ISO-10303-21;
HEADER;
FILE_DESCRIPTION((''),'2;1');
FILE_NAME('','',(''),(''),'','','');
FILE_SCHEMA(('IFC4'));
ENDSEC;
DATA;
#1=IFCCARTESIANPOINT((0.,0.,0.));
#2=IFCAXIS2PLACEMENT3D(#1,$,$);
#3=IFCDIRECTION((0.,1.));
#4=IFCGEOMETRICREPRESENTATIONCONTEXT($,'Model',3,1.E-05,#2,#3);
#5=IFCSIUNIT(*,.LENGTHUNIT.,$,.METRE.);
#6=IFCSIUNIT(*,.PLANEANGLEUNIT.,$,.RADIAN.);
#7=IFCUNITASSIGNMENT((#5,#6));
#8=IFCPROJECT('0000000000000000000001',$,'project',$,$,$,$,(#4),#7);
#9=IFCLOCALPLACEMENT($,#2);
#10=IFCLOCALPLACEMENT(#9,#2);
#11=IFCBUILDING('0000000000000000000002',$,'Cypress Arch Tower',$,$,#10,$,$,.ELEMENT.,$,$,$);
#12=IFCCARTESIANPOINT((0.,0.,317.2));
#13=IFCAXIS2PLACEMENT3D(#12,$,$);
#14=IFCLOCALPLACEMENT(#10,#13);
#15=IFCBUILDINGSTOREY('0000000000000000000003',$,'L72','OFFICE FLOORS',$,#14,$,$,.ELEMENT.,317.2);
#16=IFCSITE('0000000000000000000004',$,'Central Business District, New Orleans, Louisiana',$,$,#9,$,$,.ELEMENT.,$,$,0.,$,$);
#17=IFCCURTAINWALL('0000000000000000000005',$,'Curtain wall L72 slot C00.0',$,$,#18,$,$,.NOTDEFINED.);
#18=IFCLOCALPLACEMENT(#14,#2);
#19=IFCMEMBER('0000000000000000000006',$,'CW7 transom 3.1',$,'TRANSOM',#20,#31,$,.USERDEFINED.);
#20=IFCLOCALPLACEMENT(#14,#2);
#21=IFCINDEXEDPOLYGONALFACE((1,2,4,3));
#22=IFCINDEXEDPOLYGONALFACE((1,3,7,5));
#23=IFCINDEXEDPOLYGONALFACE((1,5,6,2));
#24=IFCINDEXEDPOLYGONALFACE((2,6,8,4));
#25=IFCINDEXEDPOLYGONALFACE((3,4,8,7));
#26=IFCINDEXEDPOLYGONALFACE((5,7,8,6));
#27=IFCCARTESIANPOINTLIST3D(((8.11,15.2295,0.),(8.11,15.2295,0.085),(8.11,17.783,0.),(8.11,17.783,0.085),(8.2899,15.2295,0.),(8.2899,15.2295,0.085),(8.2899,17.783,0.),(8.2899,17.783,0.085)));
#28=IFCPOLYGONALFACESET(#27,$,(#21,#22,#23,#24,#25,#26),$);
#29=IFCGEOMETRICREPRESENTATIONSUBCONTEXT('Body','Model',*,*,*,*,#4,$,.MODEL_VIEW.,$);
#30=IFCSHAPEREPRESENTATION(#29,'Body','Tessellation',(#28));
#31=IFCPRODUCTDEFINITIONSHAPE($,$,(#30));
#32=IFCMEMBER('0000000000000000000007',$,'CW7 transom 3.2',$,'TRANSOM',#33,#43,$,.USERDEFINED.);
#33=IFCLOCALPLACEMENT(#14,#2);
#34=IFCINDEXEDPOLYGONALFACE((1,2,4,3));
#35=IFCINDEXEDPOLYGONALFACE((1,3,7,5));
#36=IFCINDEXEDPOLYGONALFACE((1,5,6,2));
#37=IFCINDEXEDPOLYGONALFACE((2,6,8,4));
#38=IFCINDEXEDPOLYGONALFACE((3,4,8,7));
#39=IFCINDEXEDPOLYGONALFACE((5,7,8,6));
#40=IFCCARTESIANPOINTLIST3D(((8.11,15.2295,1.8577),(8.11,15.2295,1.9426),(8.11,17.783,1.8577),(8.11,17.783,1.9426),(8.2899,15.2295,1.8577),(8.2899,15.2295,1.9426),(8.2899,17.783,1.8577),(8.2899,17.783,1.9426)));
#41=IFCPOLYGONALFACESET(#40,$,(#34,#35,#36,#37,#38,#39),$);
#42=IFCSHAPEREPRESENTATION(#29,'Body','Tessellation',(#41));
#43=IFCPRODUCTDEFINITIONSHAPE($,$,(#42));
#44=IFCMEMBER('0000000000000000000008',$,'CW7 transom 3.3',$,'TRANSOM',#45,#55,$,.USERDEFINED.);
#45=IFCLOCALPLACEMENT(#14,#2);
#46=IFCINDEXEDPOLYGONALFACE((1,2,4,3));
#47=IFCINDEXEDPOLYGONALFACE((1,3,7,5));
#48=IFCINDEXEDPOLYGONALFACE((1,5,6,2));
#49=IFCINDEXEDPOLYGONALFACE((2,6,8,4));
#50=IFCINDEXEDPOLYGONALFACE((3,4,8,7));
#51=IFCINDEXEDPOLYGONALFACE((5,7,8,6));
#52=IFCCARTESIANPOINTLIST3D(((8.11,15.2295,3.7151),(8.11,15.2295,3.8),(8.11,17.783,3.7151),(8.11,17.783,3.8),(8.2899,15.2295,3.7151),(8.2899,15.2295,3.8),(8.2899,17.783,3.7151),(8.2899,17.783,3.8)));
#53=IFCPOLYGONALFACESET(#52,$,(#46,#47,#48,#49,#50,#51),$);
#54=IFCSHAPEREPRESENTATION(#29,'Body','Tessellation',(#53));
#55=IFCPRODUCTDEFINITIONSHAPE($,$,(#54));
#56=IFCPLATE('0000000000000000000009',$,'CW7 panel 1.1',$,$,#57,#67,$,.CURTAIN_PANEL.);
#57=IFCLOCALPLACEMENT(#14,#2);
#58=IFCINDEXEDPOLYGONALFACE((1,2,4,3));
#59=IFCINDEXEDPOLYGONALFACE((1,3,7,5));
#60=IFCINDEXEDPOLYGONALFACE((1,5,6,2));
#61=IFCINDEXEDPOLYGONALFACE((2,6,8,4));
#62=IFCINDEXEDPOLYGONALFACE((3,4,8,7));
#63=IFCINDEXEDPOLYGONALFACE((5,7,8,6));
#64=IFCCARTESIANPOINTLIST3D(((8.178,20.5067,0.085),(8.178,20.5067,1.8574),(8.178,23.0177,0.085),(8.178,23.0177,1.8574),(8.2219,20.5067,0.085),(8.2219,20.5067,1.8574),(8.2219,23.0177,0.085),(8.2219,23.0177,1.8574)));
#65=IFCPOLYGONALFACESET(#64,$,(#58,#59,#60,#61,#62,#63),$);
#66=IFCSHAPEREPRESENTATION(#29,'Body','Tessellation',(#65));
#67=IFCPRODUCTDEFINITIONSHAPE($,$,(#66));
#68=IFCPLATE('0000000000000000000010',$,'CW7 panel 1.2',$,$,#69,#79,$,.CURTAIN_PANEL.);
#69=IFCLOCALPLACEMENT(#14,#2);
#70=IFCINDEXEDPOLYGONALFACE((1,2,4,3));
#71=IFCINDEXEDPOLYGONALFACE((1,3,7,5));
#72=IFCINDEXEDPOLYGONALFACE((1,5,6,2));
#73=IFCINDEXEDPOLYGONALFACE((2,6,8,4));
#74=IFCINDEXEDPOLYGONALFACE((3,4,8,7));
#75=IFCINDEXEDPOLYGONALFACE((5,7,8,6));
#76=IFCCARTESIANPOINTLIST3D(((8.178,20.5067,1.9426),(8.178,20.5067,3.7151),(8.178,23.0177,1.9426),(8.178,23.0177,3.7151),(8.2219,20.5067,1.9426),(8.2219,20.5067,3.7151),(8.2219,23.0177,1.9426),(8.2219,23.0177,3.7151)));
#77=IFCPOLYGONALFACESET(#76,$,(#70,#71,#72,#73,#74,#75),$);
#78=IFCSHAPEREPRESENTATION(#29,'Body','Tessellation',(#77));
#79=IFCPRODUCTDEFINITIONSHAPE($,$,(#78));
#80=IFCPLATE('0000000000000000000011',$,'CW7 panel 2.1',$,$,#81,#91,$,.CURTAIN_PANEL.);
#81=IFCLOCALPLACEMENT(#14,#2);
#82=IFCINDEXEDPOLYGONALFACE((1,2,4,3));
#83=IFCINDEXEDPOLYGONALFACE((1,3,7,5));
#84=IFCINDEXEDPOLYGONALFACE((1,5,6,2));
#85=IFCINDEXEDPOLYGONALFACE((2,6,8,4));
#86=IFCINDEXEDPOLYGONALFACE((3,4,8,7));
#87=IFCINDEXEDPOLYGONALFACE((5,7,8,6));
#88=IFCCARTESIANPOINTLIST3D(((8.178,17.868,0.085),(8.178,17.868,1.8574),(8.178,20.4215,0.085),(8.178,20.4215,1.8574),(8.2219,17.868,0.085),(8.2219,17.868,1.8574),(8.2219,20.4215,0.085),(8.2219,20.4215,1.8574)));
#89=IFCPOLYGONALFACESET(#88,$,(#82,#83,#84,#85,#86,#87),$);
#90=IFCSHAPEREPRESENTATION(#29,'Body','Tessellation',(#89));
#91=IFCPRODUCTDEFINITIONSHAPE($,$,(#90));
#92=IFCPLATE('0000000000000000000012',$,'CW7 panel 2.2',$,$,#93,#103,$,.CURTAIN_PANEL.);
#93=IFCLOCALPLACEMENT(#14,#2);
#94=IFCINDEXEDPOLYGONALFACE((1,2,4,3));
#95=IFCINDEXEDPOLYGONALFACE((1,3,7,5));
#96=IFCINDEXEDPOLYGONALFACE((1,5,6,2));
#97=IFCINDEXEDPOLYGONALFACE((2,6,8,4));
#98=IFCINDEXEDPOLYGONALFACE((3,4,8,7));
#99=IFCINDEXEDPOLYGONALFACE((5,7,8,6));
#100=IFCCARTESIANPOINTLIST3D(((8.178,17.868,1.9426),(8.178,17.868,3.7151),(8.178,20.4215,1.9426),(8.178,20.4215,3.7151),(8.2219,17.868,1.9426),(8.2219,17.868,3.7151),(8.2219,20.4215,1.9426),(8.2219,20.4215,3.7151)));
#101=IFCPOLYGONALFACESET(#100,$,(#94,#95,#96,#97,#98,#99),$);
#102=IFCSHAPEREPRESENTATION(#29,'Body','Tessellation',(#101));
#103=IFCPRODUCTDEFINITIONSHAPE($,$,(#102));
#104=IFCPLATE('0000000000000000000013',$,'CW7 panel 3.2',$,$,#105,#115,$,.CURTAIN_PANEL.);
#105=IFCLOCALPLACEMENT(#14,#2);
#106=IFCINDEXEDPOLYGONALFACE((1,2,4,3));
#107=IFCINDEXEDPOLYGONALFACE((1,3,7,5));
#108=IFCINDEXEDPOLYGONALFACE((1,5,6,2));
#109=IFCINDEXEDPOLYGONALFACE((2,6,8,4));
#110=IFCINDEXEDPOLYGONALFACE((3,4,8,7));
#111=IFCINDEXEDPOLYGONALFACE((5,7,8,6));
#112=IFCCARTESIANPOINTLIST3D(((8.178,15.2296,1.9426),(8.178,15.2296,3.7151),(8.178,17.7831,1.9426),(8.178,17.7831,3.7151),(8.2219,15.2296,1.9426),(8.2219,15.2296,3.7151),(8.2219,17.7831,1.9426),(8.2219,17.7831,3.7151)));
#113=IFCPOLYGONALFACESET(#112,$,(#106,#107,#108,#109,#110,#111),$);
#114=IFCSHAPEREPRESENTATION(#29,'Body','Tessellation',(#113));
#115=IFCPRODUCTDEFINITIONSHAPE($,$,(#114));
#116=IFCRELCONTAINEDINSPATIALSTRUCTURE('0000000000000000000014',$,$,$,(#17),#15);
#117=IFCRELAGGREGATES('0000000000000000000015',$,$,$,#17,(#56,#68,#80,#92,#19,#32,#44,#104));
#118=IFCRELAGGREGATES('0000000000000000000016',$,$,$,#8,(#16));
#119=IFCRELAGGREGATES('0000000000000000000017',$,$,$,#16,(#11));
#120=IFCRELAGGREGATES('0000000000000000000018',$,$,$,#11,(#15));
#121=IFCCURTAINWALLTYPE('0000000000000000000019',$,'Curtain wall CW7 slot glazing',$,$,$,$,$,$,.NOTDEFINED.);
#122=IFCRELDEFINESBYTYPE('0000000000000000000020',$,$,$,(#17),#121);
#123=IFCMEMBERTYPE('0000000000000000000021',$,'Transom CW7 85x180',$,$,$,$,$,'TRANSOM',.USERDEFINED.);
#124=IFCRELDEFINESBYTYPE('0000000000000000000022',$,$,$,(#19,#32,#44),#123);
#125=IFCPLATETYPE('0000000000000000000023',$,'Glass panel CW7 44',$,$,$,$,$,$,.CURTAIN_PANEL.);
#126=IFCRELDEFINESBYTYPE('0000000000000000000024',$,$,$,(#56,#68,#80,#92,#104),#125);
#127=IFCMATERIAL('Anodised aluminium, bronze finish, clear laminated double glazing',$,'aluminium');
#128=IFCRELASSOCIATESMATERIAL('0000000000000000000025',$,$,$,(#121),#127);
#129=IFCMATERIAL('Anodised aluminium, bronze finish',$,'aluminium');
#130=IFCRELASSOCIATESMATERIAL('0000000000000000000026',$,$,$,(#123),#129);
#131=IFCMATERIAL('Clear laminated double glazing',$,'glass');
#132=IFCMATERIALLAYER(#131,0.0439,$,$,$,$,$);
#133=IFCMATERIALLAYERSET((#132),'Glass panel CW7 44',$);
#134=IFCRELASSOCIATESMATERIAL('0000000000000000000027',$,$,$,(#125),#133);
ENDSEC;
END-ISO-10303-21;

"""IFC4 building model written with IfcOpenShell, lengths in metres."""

from ifc_helpers import new_model, si_unit, direction, frame, origin, origin_2d, place, context, subcontext, project, spatial, rectangle, extrude, material, layer, layer_set, material_profile, profile_set, type_object, element, aggregate, save


model = new_model("IFC4")

# Units and contexts
model_context = context("Model", 3, precision=1e-05, world=origin(), true_north=direction((0.0, 1.0)))
body_context = subcontext(model_context, "Body", "Model", "MODEL_VIEW")
ifc_project = project(units=[si_unit("LENGTHUNIT", "METRE"), si_unit("PLANEANGLEUNIT", "RADIAN")], contexts=[model_context])

# Site, building, storey
site_placement = place(None, origin())
site = spatial("IfcSite", under=ifc_project, at=site_placement, Name="Central Business District, New Orleans, Louisiana", CompositionType="ELEMENT", RefElevation=0.0)
building_placement = place(site_placement, origin())
building = spatial("IfcBuilding", under=site, at=building_placement, Name="Cypress Arch Tower", CompositionType="ELEMENT")
storey_placement = place(building_placement, frame((0.0, 0.0, 317.2)))
storey = spatial("IfcBuildingStorey", under=building, at=storey_placement, Name="L72", Description="OFFICE FLOORS", CompositionType="ELEMENT", Elevation=317.2)

# Curtain wall, members, plates
ifc_material_1 = material(Name="Anodised aluminium, bronze finish, clear laminated double glazing", Category="aluminium")
curtain_wall_type = type_object("IfcCurtainWallType", Name="Curtain wall CW7 slot glazing", PredefinedType="NOTDEFINED", material=ifc_material_1)
curtain_wall_placement = place(storey_placement, origin())
curtain_wall = element("IfcCurtainWall", 1, at=curtain_wall_placement, inside=storey, type_object=curtain_wall_type, Name="Curtain wall L72 slot C00.0", PredefinedType="NOTDEFINED")
ifc_material_2 = material(Name="Anodised aluminium, bronze finish", Category="aluminium")
ifc_material_profile_1 = material_profile(ifc_material_2, rectangle(XDim=0.1799, YDim=0.085, at=origin_2d()), Name="Transom 85x180")
ifc_profile_set_1 = profile_set([ifc_material_profile_1], Name="Anodised aluminium, bronze finish")
member_type_1 = type_object("IfcMemberType", Name="Transom CW7 85x180", ElementType="TRANSOM", PredefinedType="USERDEFINED", material=ifc_profile_set_1)
member_1_placement = place(storey_placement, frame((8.2, 17.783, 0.0425), z_axis=(0.0, -1.0, 0.0), x_axis=(1.0, 0.0, 0.0)))
member_1 = element("IfcMember", 2, at=member_1_placement, type_object=member_type_1, Name="CW7 transom 3.1", ObjectType="TRANSOM", PredefinedType="USERDEFINED", context=body_context, shape_type="SweptSolid", body=[
    extrude(rectangle(XDim=0.1799, YDim=0.085, at=origin_2d()), origin(), (0.0, 0.0, 1.0), 2.5535),
])
member_2_placement = place(storey_placement, frame((8.2, 17.783, 1.9001), z_axis=(0.0, -1.0, 0.0), x_axis=(1.0, 0.0, 0.0)))
member_2 = element("IfcMember", 3, at=member_2_placement, type_object=member_type_1, Name="CW7 transom 3.2", ObjectType="TRANSOM", PredefinedType="USERDEFINED", context=body_context, shape_type="SweptSolid", body=[
    extrude(rectangle(XDim=0.1799, YDim=0.085, at=origin_2d()), origin(), (0.0, 0.0, 1.0), 2.5535),
])
member_3_placement = place(storey_placement, frame((8.2, 17.783, 3.7576), z_axis=(0.0, -1.0, 0.0), x_axis=(1.0, 0.0, 0.0)))
member_3 = element("IfcMember", 4, at=member_3_placement, type_object=member_type_1, Name="CW7 transom 3.3", ObjectType="TRANSOM", PredefinedType="USERDEFINED", context=body_context, shape_type="SweptSolid", body=[
    extrude(rectangle(XDim=0.1799, YDim=0.085, at=origin_2d()), origin(), (0.0, 0.0, 1.0), 2.5535),
])
ifc_material_3 = material(Name="Clear laminated double glazing", Category="glass")
ifc_layer = layer(ifc_material_3, 0.0439)
ifc_layer_set = layer_set([ifc_layer], Name="Glass panel CW7 44")
plate_type = type_object("IfcPlateType", Name="Glass panel CW7 44", PredefinedType="CURTAIN_PANEL", material=ifc_layer_set)
plate_1_placement = place(storey_placement, frame((8.2, 21.7622, 0.085), z_axis=(0.0, 0.0, 1.0), x_axis=(0.0, -1.0, 0.0)))
plate_1 = element("IfcPlate", 5, at=plate_1_placement, type_object=plate_type, Name="CW7 panel 1.1", PredefinedType="CURTAIN_PANEL", context=body_context, shape_type="SweptSolid", body=[
    extrude(rectangle(XDim=2.511, YDim=0.0439, at=origin_2d()), origin(), (0.0, 0.0, 1.0), 1.7725),
])
plate_2_placement = place(storey_placement, frame((8.2, 21.7622, 1.9426), z_axis=(0.0, 0.0, 1.0), x_axis=(0.0, -1.0, 0.0)))
plate_2 = element("IfcPlate", 6, at=plate_2_placement, type_object=plate_type, Name="CW7 panel 1.2", PredefinedType="CURTAIN_PANEL", context=body_context, shape_type="SweptSolid", body=[
    extrude(rectangle(XDim=2.511, YDim=0.0439, at=origin_2d()), origin(), (0.0, 0.0, 1.0), 1.7725),
])
plate_3_placement = place(storey_placement, frame((8.2, 19.1448, 0.085), z_axis=(0.0, 0.0, 1.0), x_axis=(0.0, -1.0, 0.0)))
plate_3 = element("IfcPlate", 7, at=plate_3_placement, type_object=plate_type, Name="CW7 panel 2.1", PredefinedType="CURTAIN_PANEL", context=body_context, shape_type="SweptSolid", body=[
    extrude(rectangle(XDim=2.5535, YDim=0.0439, at=origin_2d()), origin(), (0.0, 0.0, 1.0), 1.7725),
])
plate_4_placement = place(storey_placement, frame((8.2, 19.1448, 1.9426), z_axis=(0.0, 0.0, 1.0), x_axis=(0.0, -1.0, 0.0)))
plate_4 = element("IfcPlate", 8, at=plate_4_placement, type_object=plate_type, Name="CW7 panel 2.2", PredefinedType="CURTAIN_PANEL", context=body_context, shape_type="SweptSolid", body=[
    extrude(rectangle(XDim=2.5535, YDim=0.0439, at=origin_2d()), origin(), (0.0, 0.0, 1.0), 1.7725),
])
plate_5_placement = place(storey_placement, frame((8.2, 16.5063, 1.9426), z_axis=(0.0, 0.0, 1.0), x_axis=(0.0, -1.0, 0.0)))
plate_5 = element("IfcPlate", 9, at=plate_5_placement, type_object=plate_type, Name="CW7 panel 3.2", PredefinedType="CURTAIN_PANEL", context=body_context, shape_type="SweptSolid", body=[
    extrude(rectangle(XDim=2.5535, YDim=0.0439, at=origin_2d()), origin(), (0.0, 0.0, 1.0), 1.7725),
])
aggregate(curtain_wall, [plate_1, plate_2, plate_3, plate_4, member_1, member_2, member_3, plate_5])

save(model, "model.ifc")
